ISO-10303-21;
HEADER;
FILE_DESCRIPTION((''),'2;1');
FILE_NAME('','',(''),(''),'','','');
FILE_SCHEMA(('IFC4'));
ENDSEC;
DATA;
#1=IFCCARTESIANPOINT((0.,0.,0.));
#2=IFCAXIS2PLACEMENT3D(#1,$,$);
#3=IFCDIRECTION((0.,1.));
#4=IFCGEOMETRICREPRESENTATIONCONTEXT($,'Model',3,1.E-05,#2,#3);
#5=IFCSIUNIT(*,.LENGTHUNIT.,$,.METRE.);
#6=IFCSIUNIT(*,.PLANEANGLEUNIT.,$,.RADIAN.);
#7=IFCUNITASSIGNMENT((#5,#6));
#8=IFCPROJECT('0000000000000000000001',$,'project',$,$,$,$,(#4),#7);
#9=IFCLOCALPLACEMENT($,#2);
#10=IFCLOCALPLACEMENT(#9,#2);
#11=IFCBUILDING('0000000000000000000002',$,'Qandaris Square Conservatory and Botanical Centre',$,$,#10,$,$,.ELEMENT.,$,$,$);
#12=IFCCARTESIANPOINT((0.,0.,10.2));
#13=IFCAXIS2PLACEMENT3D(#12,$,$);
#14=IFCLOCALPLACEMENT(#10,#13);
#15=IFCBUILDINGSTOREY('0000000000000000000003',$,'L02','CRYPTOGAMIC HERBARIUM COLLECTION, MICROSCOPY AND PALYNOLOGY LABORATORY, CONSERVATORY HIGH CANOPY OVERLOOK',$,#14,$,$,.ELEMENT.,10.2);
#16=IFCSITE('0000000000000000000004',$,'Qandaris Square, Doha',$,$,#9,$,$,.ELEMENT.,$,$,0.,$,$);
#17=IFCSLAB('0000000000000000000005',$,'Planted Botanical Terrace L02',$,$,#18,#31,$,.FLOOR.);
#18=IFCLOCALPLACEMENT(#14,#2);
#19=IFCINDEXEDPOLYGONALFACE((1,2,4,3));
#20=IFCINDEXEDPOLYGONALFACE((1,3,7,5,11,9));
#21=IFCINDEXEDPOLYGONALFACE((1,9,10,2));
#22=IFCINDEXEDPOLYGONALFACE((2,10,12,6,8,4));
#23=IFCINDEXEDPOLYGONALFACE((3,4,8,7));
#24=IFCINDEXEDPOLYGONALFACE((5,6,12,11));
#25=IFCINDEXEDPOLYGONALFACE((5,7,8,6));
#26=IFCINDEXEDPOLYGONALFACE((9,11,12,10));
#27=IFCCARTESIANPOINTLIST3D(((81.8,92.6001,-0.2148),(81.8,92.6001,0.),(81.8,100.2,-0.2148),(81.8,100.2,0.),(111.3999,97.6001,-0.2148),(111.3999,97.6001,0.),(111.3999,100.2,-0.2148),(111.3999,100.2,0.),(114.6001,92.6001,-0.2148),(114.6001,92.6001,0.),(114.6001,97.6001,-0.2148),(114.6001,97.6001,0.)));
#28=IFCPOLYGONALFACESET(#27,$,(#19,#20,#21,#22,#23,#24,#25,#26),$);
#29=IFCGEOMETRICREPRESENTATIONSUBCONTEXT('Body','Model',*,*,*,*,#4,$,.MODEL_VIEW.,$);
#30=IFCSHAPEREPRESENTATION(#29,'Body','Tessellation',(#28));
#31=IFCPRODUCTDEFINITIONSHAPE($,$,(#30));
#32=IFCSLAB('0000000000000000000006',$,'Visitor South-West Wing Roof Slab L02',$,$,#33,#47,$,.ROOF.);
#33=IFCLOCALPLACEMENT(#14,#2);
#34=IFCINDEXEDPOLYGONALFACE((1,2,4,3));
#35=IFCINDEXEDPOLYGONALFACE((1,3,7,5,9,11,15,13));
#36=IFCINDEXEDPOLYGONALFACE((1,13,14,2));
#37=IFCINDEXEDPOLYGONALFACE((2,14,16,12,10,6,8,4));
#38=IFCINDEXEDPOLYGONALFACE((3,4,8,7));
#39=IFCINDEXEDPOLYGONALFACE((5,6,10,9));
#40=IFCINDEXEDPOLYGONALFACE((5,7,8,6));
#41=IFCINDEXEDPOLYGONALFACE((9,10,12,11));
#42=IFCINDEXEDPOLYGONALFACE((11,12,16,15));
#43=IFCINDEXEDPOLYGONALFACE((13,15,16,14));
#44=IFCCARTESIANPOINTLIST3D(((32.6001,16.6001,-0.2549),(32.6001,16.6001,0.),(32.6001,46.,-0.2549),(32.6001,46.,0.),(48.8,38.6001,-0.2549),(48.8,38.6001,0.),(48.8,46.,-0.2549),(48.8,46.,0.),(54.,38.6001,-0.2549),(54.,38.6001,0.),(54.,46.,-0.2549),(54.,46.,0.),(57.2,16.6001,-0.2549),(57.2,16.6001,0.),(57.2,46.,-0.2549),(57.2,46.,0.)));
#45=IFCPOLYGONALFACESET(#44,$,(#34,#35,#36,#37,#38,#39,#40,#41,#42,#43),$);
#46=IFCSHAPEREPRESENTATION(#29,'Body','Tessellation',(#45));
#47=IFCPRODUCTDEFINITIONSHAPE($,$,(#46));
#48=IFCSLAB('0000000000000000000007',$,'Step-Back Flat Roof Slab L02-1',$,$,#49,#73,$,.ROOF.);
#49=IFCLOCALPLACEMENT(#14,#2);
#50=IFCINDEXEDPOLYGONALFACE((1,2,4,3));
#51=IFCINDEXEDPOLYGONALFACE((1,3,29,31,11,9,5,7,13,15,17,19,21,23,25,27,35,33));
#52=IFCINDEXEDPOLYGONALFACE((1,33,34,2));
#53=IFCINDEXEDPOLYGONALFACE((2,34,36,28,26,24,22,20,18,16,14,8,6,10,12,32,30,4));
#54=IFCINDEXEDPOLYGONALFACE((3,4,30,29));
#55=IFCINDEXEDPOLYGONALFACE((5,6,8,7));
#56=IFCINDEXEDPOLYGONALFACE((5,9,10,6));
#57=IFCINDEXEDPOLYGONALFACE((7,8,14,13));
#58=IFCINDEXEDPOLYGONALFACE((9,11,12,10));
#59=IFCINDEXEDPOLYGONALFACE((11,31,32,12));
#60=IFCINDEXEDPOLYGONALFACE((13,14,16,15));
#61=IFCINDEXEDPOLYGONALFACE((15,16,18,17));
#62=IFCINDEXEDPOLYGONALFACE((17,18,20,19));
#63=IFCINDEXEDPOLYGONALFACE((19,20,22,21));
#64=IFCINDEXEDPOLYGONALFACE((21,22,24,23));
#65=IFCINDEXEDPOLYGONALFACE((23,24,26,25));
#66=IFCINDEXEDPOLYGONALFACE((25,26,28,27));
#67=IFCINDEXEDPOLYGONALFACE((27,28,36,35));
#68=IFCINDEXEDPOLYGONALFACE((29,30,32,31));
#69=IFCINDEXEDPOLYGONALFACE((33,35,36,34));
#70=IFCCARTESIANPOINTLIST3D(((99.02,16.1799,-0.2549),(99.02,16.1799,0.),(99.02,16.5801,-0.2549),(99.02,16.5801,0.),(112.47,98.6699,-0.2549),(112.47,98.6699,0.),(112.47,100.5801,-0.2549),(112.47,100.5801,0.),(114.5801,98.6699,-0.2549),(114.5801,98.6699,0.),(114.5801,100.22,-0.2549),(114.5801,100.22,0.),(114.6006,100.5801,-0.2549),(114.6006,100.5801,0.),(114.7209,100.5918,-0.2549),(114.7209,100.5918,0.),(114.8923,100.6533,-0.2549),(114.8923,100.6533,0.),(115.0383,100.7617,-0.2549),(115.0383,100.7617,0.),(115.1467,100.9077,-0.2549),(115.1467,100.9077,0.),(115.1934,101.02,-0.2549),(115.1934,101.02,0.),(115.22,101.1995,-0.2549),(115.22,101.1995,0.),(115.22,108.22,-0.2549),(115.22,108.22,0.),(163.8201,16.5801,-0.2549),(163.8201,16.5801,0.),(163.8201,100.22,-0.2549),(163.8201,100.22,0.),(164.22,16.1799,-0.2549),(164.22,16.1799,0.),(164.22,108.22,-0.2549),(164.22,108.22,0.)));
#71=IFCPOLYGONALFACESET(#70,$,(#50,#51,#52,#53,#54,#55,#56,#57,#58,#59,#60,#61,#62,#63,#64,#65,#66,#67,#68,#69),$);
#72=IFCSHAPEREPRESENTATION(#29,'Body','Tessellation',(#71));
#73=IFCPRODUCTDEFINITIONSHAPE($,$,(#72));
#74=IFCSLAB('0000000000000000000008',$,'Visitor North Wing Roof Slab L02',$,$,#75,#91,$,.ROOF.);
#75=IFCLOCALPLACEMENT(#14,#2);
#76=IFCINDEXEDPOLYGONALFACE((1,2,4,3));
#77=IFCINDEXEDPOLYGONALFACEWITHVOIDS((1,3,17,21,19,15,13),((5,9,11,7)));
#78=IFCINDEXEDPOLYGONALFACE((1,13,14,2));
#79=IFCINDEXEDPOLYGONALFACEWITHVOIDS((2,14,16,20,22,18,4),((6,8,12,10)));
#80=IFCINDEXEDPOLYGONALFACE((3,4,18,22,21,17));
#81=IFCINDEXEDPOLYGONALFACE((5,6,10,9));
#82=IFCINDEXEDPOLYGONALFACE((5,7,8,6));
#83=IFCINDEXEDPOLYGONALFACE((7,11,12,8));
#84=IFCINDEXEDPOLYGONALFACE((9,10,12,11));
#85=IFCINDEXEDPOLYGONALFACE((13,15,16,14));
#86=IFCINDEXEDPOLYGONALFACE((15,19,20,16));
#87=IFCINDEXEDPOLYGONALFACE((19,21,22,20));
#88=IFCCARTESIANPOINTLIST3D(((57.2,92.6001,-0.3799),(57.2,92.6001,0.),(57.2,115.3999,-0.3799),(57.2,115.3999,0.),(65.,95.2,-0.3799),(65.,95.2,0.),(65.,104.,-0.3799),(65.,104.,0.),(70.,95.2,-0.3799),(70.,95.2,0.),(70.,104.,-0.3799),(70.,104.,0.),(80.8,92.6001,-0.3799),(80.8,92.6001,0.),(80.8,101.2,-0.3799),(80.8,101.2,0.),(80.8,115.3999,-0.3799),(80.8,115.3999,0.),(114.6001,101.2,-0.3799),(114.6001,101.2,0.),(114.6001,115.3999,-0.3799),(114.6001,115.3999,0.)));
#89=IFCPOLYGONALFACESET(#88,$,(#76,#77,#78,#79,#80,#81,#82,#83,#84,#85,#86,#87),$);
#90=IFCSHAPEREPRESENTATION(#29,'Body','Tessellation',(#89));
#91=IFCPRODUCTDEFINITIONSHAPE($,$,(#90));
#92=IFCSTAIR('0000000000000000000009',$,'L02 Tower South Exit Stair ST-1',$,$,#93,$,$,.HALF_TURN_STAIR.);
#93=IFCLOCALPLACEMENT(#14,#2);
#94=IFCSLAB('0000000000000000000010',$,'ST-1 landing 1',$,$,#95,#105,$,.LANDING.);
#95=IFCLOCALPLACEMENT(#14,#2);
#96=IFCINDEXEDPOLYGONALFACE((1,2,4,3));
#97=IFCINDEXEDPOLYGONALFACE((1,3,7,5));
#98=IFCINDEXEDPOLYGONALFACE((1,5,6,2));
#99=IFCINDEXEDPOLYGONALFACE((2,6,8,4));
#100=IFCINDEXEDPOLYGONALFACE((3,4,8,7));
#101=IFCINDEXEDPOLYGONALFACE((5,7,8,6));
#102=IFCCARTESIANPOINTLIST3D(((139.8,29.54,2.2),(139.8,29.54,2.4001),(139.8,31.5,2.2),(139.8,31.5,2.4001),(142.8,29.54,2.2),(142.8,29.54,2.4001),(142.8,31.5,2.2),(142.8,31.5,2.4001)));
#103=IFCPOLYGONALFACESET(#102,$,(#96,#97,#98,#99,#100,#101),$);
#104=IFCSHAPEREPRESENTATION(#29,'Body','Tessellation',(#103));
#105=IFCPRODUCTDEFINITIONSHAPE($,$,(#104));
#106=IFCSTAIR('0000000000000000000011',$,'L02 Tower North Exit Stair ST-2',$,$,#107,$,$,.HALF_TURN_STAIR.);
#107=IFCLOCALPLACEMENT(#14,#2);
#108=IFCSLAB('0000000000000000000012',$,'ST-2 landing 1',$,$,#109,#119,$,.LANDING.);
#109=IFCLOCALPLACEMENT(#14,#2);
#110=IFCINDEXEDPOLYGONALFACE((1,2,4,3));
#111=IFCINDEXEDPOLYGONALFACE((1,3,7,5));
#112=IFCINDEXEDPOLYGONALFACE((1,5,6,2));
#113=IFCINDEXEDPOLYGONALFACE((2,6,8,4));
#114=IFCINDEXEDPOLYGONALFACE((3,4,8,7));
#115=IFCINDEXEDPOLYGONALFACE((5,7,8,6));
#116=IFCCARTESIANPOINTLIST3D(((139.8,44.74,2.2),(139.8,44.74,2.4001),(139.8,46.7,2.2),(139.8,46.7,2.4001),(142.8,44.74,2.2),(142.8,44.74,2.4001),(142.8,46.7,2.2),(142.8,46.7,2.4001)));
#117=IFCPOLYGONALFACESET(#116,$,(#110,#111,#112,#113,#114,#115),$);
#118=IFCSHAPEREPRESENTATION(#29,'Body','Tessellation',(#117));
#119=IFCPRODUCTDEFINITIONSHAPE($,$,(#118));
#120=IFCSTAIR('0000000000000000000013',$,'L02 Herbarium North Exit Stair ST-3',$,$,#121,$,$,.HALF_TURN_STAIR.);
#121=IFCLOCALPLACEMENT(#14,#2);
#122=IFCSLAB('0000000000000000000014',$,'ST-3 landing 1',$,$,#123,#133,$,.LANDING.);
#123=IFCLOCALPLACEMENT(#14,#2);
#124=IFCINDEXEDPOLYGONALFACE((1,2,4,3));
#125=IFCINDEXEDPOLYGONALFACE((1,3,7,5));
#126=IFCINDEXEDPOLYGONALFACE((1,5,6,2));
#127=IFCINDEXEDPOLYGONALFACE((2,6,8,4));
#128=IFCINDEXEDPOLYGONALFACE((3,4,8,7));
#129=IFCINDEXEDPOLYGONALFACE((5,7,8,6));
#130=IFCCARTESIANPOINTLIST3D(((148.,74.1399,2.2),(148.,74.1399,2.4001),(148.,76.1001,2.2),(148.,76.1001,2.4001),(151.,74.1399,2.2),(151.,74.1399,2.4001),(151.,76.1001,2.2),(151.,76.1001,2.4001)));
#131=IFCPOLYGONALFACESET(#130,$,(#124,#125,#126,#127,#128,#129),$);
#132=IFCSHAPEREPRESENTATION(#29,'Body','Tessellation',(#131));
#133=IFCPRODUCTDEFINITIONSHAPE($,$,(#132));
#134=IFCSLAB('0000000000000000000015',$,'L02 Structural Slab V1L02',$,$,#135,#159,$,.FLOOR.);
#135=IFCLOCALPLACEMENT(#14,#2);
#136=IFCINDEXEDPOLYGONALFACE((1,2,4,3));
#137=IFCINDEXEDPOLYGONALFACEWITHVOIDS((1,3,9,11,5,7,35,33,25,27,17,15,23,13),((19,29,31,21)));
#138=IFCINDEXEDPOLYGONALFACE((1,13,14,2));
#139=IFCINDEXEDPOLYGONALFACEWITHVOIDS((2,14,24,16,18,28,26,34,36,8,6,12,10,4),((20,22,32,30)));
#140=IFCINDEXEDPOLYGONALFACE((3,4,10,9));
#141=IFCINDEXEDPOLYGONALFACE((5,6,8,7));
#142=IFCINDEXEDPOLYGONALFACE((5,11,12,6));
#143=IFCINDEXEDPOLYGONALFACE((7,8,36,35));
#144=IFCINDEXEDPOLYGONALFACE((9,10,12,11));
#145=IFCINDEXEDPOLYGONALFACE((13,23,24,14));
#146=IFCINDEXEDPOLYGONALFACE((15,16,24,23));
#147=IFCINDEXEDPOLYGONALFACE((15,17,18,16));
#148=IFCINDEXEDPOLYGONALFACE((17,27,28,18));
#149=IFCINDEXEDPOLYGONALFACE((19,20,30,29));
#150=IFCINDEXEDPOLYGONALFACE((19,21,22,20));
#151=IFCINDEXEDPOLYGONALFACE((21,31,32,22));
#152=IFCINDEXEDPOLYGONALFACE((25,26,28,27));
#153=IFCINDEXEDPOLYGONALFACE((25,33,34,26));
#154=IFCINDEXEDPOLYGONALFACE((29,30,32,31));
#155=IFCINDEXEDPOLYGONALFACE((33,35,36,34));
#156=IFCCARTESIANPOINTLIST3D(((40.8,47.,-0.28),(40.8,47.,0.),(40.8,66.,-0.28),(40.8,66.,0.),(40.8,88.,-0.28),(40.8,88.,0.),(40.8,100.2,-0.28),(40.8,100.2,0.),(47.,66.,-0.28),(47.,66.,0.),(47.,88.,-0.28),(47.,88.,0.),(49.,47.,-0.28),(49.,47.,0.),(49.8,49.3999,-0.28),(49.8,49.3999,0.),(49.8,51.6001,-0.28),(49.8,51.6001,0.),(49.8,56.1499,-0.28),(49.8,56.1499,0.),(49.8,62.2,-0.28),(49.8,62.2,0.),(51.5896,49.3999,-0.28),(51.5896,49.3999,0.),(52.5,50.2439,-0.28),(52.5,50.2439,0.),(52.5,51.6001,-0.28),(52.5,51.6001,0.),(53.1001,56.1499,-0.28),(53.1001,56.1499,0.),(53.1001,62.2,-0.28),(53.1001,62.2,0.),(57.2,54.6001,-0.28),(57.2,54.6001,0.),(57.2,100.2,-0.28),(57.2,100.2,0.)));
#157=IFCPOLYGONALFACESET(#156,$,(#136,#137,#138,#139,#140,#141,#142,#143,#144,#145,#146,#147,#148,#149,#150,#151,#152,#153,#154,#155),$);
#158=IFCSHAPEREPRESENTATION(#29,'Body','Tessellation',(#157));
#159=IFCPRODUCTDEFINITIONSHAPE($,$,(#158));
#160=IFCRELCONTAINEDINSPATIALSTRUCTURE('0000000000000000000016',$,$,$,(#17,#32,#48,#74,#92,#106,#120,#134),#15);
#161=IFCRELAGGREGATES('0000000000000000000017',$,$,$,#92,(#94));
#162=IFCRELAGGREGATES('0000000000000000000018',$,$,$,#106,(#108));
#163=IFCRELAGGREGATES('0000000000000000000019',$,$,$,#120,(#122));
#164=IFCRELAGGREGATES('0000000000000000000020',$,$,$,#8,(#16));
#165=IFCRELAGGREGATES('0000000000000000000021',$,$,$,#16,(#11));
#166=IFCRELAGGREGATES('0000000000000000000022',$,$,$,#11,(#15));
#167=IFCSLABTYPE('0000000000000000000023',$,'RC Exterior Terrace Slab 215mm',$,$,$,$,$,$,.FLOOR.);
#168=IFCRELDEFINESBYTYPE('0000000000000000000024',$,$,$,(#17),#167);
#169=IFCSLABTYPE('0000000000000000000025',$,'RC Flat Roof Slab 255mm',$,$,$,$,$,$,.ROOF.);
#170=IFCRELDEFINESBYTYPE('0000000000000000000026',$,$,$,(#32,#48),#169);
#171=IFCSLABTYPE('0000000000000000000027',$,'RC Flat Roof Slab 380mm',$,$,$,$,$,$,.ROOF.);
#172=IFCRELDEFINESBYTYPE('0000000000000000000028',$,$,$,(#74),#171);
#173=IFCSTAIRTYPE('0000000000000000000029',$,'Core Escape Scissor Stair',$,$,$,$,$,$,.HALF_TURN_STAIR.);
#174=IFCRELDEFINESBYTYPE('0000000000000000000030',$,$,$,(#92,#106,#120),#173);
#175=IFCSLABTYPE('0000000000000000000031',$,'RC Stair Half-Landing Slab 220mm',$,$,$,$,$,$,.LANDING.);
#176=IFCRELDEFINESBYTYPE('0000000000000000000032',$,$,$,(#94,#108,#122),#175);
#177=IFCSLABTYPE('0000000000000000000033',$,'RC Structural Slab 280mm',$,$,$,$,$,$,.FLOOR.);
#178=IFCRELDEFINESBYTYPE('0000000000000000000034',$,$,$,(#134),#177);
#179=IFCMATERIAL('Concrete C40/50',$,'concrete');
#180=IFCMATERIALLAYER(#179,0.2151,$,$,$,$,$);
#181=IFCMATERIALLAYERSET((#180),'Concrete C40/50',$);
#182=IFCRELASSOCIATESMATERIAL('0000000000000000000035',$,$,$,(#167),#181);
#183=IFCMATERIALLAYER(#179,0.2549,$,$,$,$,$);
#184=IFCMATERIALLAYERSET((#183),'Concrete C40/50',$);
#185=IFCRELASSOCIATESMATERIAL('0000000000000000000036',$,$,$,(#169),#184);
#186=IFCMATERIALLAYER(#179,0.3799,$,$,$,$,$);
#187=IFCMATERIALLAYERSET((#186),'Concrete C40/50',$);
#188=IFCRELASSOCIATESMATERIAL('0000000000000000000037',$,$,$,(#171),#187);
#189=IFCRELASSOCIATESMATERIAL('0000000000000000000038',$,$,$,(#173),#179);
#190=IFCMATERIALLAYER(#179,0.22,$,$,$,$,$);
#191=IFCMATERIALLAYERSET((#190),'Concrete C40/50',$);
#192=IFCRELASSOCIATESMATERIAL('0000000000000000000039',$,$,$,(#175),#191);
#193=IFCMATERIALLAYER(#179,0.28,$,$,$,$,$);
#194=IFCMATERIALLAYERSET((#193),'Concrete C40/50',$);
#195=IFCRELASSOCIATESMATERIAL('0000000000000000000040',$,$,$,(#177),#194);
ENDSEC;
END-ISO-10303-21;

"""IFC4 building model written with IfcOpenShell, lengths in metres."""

from ifc_helpers import new_model, si_unit, direction, frame, origin, place, context, subcontext, project, spatial, polyline, outline, extrude, material, layer, layer_set, type_object, element, aggregate, save


model = new_model("IFC4")

# Units and contexts
model_context = context("Model", 3, precision=1e-05, world=origin(), true_north=direction((0.0, 1.0)))
body_context = subcontext(model_context, "Body", "Model", "MODEL_VIEW")
ifc_project = project(units=[si_unit("LENGTHUNIT", "METRE"), si_unit("PLANEANGLEUNIT", "RADIAN")], contexts=[model_context])

# Site, building, storey
site_placement = place(None, origin())
site = spatial("IfcSite", under=ifc_project, at=site_placement, Name="Qandaris Square, Doha", CompositionType="ELEMENT", RefElevation=0.0)
building_placement = place(site_placement, origin())
building = spatial("IfcBuilding", under=site, at=building_placement, Name="Qandaris Square Conservatory and Botanical Centre", CompositionType="ELEMENT")
storey_placement = place(building_placement, frame((0.0, 0.0, 10.2)))
storey = spatial("IfcBuildingStorey", under=building, at=storey_placement, Name="L02", Description="CRYPTOGAMIC HERBARIUM COLLECTION, MICROSCOPY AND PALYNOLOGY LABORATORY, CONSERVATORY HIGH CANOPY OVERLOOK", CompositionType="ELEMENT", Elevation=10.2)

# Slabs
ifc_material_1 = material(Name="Concrete C40/50", Category="concrete")
ifc_layer_1 = layer(ifc_material_1, 0.2151)
ifc_layer_set_1 = layer_set([ifc_layer_1], Name="Concrete C40/50")
slab_type_1 = type_object("IfcSlabType", Name="RC Exterior Terrace Slab 215mm", PredefinedType="FLOOR", material=ifc_layer_set_1)
slab_1_placement = place(storey_placement, frame((0.0, 0.0, -0.2148)))
element("IfcSlab", 1, at=slab_1_placement, inside=storey, type_object=slab_type_1, Name="Planted Botanical Terrace L02", PredefinedType="FLOOR", context=body_context, shape_type="SweptSolid", body=[
    extrude(outline(polyline([(114.6001, 92.6001), (81.8, 92.6001), (81.8, 100.2), (111.3999, 100.2), (111.3999, 97.6001), (114.6001, 97.6001), (114.6001, 92.6001)])), origin(), (0.0, 0.0, 1.0), 0.2148),
])
ifc_layer_2 = layer(ifc_material_1, 0.2549)
ifc_layer_set_2 = layer_set([ifc_layer_2], Name="Concrete C40/50")
slab_type_2 = type_object("IfcSlabType", Name="RC Flat Roof Slab 255mm", PredefinedType="ROOF", material=ifc_layer_set_2)
slab_2_placement = place(storey_placement, frame((0.0, 0.0, -0.2549)))
element("IfcSlab", 2, at=slab_2_placement, inside=storey, type_object=slab_type_2, Name="Visitor South-West Wing Roof Slab L02", PredefinedType="ROOF", context=body_context, shape_type="SweptSolid", body=[
    extrude(outline(polyline([(57.2, 46.0), (57.2, 16.6001), (32.6001, 16.6001), (32.6001, 46.0), (48.8, 46.0), (48.8, 38.6001), (54.0, 38.6001), (54.0, 46.0), (57.2, 46.0)])), origin(), (0.0, 0.0, 1.0), 0.2549),
])
slab_3_placement = place(storey_placement, frame((0.0, 0.0, -0.2549)))
element("IfcSlab", 3, at=slab_3_placement, inside=storey, type_object=slab_type_2, Name="Step-Back Flat Roof Slab L02-1", PredefinedType="ROOF", context=body_context, shape_type="SweptSolid", body=[
    extrude(outline(polyline([(164.22, 16.1799), (99.02, 16.1799), (99.02, 16.5801), (163.8201, 16.5801), (163.8201, 100.22), (114.5801, 100.22), (114.5801, 98.6699), (112.47, 98.6699), (112.47, 100.5801), (114.6006, 100.5801), (114.7209, 100.5918), (114.8923, 100.6533), (115.0383, 100.7617), (115.1467, 100.9077), (115.1934, 101.02), (115.22, 101.1995), (115.22, 108.22), (164.22, 108.22), (164.22, 16.1799)])), origin(), (0.0, 0.0, 1.0), 0.2549),
])
ifc_layer_3 = layer(ifc_material_1, 0.3799)
ifc_layer_set_3 = layer_set([ifc_layer_3], Name="Concrete C40/50")
slab_type_3 = type_object("IfcSlabType", Name="RC Flat Roof Slab 380mm", PredefinedType="ROOF", material=ifc_layer_set_3)
slab_4_placement = place(storey_placement, frame((0.0, 0.0, -0.3799)))
element("IfcSlab", 4, at=slab_4_placement, inside=storey, type_object=slab_type_3, Name="Visitor North Wing Roof Slab L02", PredefinedType="ROOF", context=body_context, shape_type="SweptSolid", body=[
    extrude(outline(polyline([(57.2, 92.6001), (57.2, 115.3999), (80.8, 115.3999), (114.6001, 115.3999), (114.6001, 101.2), (80.8, 101.2), (80.8, 92.6001), (57.2, 92.6001)]), holes=[polyline([(70.0, 104.0), (65.0, 104.0), (65.0, 95.2), (70.0, 95.2), (70.0, 104.0)])]), origin(), (0.0, 0.0, 1.0), 0.3799),
])

# Stairs, slabs
stair_type = type_object("IfcStairType", Name="Core Escape Scissor Stair", PredefinedType="HALF_TURN_STAIR", material=ifc_material_1)
stair_1_placement = place(storey_placement, origin())
stair_1 = element("IfcStair", 5, at=stair_1_placement, inside=storey, type_object=stair_type, Name="L02 Tower South Exit Stair ST-1", PredefinedType="HALF_TURN_STAIR")
ifc_layer_4 = layer(ifc_material_1, 0.22)
ifc_layer_set_4 = layer_set([ifc_layer_4], Name="Concrete C40/50")
slab_type_4 = type_object("IfcSlabType", Name="RC Stair Half-Landing Slab 220mm", PredefinedType="LANDING", material=ifc_layer_set_4)
slab_5_placement = place(storey_placement, frame((0.0, 0.0, 2.2)))
slab_5 = element("IfcSlab", 6, at=slab_5_placement, type_object=slab_type_4, Name="ST-1 landing 1", PredefinedType="LANDING", context=body_context, shape_type="SweptSolid", body=[
    extrude(outline(polyline([(142.8, 29.54), (142.8, 31.5), (139.8, 31.5), (139.8, 29.54), (142.8, 29.54)])), origin(), (0.0, 0.0, 1.0), 0.2002),
])
aggregate(stair_1, [slab_5])
stair_2_placement = place(storey_placement, origin())
stair_2 = element("IfcStair", 7, at=stair_2_placement, inside=storey, type_object=stair_type, Name="L02 Tower North Exit Stair ST-2", PredefinedType="HALF_TURN_STAIR")
slab_6_placement = place(storey_placement, frame((0.0, 0.0, 2.2)))
slab_6 = element("IfcSlab", 8, at=slab_6_placement, type_object=slab_type_4, Name="ST-2 landing 1", PredefinedType="LANDING", context=body_context, shape_type="SweptSolid", body=[
    extrude(outline(polyline([(142.8, 44.74), (142.8, 46.7), (139.8, 46.7), (139.8, 44.74), (142.8, 44.74)])), origin(), (0.0, 0.0, 1.0), 0.2002),
])
aggregate(stair_2, [slab_6])
stair_3_placement = place(storey_placement, origin())
stair_3 = element("IfcStair", 9, at=stair_3_placement, inside=storey, type_object=stair_type, Name="L02 Herbarium North Exit Stair ST-3", PredefinedType="HALF_TURN_STAIR")
slab_7_placement = place(storey_placement, frame((0.0, 0.0, 2.2)))
slab_7 = element("IfcSlab", 10, at=slab_7_placement, type_object=slab_type_4, Name="ST-3 landing 1", PredefinedType="LANDING", context=body_context, shape_type="SweptSolid", body=[
    extrude(outline(polyline([(151.0, 74.1399), (151.0, 76.1001), (148.0, 76.1001), (148.0, 74.1399), (151.0, 74.1399)])), origin(), (0.0, 0.0, 1.0), 0.2002),
])
aggregate(stair_3, [slab_7])

# Slab
ifc_layer_5 = layer(ifc_material_1, 0.28)
ifc_layer_set_5 = layer_set([ifc_layer_5], Name="Concrete C40/50")
slab_type_5 = type_object("IfcSlabType", Name="RC Structural Slab 280mm", PredefinedType="FLOOR", material=ifc_layer_set_5)
slab_8_placement = place(storey_placement, frame((0.0, 0.0, -0.28)))
element("IfcSlab", 11, at=slab_8_placement, inside=storey, type_object=slab_type_5, Name="L02 Structural Slab V1L02", PredefinedType="FLOOR", context=body_context, shape_type="SweptSolid", body=[
    extrude(outline(polyline([(47.0, 66.0), (47.0, 88.0), (40.8, 88.0), (40.8, 100.2), (57.2, 100.2), (57.2, 54.6001), (52.5, 50.2439), (52.5, 51.6001), (49.8, 51.6001), (49.8, 49.3999), (51.5896, 49.3999), (49.0, 47.0), (40.8, 47.0), (40.8, 66.0), (47.0, 66.0)]), holes=[polyline([(49.8, 62.2), (49.8, 56.1499), (53.1001, 56.1499), (53.1001, 62.2), (49.8, 62.2)])]), origin(), (0.0, 0.0, 1.0), 0.28),
])

save(model, "model.ifc")
